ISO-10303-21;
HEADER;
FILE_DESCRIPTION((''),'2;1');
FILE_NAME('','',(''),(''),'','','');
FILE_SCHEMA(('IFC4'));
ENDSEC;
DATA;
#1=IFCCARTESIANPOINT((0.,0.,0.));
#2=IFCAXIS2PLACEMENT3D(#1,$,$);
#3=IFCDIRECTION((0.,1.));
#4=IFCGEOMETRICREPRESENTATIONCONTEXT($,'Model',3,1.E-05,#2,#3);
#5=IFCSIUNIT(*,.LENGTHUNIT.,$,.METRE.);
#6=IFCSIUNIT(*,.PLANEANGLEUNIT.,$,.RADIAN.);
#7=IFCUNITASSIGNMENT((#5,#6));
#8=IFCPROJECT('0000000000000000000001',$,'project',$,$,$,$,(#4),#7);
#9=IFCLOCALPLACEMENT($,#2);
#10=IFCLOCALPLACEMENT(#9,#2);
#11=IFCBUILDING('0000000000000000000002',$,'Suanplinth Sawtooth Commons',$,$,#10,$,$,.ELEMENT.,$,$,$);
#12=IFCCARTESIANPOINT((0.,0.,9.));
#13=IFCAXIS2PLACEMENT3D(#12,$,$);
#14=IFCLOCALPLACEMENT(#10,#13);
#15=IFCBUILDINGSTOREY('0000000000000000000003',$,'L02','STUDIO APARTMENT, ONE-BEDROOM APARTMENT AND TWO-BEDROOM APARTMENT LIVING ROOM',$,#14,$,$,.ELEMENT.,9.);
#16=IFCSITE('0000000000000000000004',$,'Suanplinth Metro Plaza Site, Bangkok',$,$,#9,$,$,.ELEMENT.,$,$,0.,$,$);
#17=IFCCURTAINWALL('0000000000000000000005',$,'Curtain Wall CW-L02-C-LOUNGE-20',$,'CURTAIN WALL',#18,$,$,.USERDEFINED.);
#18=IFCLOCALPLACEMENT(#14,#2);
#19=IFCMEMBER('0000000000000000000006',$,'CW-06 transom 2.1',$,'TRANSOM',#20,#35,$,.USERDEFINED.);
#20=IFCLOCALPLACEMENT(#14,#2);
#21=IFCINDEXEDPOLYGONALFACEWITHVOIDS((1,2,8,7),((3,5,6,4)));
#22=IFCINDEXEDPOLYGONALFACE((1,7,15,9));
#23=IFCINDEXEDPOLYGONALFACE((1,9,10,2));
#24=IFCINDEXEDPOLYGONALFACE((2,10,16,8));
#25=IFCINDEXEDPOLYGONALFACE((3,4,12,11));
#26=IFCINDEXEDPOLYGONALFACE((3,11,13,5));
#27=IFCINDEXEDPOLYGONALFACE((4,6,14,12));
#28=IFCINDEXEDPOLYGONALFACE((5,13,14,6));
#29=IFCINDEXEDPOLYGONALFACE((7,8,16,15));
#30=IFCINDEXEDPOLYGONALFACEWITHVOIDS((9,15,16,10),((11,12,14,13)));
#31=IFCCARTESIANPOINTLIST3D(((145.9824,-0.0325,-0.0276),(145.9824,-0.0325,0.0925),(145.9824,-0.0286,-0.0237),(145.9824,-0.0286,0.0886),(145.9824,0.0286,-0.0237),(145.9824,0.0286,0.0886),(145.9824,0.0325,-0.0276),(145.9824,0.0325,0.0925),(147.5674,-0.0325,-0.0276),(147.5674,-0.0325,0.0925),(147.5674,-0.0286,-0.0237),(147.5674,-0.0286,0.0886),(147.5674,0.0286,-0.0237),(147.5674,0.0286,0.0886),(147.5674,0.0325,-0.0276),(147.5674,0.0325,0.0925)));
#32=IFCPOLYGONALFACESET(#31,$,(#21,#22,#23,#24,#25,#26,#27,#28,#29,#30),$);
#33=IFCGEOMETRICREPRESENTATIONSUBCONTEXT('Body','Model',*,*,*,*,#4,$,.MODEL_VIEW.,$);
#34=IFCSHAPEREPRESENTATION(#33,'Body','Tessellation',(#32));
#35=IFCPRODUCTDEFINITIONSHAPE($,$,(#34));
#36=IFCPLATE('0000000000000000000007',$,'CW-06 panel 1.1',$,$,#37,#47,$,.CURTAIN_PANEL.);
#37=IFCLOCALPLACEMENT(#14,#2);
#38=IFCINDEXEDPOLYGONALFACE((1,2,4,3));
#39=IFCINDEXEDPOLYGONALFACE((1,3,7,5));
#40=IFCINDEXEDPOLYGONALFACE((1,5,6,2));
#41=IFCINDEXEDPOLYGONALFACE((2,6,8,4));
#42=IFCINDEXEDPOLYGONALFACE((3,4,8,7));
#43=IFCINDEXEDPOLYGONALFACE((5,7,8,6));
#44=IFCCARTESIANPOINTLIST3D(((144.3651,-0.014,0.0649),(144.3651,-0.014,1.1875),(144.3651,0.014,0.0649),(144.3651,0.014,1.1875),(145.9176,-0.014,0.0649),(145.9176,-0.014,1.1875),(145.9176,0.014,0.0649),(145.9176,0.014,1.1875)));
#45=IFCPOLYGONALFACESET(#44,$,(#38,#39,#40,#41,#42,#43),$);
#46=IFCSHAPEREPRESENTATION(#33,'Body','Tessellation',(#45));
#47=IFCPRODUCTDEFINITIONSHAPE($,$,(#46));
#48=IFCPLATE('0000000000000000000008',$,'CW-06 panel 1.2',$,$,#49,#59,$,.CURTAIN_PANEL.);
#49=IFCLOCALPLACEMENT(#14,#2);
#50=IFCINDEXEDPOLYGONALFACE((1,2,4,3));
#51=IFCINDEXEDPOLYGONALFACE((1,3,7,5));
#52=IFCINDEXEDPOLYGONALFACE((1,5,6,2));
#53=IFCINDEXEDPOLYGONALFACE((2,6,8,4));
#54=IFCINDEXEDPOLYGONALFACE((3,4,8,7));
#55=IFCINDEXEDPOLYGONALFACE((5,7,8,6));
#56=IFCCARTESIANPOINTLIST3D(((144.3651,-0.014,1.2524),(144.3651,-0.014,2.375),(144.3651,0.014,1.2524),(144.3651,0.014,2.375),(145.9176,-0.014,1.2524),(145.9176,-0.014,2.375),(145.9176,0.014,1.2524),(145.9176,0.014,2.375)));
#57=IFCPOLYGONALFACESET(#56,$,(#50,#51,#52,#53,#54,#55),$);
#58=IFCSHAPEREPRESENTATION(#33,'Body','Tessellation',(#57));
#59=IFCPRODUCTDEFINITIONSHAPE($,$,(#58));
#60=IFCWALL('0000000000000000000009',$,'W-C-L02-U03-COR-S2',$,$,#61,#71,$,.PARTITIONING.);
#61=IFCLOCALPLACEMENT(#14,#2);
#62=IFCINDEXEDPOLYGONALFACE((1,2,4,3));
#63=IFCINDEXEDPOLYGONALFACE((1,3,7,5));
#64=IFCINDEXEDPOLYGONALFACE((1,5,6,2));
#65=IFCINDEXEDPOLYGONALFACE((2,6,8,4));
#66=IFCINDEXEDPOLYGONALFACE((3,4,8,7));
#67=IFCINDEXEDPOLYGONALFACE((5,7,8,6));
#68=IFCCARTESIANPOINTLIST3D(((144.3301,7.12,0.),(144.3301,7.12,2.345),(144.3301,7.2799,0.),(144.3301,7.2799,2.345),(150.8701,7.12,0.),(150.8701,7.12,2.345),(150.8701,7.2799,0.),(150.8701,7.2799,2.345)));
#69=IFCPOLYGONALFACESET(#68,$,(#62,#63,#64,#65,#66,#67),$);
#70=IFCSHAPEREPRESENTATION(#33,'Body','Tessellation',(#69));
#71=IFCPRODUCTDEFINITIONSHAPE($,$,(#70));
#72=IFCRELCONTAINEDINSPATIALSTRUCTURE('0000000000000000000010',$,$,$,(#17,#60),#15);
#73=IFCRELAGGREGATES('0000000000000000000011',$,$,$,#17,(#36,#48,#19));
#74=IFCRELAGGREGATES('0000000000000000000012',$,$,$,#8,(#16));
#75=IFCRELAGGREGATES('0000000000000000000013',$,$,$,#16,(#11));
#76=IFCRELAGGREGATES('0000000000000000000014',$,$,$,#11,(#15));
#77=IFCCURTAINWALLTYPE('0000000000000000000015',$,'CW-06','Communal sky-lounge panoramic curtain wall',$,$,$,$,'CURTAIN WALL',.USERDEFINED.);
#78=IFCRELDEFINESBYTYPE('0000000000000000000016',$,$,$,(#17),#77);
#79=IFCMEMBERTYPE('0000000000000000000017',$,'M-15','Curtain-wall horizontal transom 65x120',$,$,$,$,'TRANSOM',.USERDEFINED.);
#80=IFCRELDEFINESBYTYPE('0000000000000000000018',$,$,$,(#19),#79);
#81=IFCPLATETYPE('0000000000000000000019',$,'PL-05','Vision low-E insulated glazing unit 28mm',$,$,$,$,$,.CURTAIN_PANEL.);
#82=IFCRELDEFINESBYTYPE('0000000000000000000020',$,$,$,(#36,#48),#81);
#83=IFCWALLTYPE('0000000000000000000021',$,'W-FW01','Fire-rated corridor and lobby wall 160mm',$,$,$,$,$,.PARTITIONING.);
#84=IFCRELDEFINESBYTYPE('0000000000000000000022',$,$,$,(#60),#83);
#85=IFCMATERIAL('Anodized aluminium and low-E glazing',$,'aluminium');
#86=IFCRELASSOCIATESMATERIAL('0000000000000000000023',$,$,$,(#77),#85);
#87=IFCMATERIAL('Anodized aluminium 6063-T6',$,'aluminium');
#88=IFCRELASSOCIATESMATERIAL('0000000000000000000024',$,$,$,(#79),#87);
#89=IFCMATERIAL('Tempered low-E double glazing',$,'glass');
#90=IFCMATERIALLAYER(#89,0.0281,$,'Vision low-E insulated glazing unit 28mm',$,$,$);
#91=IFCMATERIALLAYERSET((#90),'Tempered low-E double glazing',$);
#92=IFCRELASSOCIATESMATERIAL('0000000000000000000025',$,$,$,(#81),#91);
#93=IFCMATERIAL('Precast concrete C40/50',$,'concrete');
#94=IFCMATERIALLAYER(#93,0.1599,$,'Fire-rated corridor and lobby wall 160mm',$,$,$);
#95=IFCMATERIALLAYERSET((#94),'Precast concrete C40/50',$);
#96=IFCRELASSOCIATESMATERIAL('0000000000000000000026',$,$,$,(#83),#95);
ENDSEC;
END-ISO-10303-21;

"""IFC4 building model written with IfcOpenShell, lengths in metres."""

from ifc_helpers import new_model, si_unit, direction, frame, frame_2d, origin, origin_2d, place, context, subcontext, project, spatial, rectangle, hollow_rectangle, extrude, material, layer, layer_set, material_profile, profile_set, type_object, element, aggregate, save


model = new_model("IFC4")

# Units and contexts
model_context = context("Model", 3, precision=1e-05, world=origin(), true_north=direction((0.0, 1.0)))
body_context = subcontext(model_context, "Body", "Model", "MODEL_VIEW")
ifc_project = project(units=[si_unit("LENGTHUNIT", "METRE"), si_unit("PLANEANGLEUNIT", "RADIAN")], contexts=[model_context])

# Site, building, storey
site_placement = place(None, origin())
site = spatial("IfcSite", under=ifc_project, at=site_placement, Name="Suanplinth Metro Plaza Site, Bangkok", CompositionType="ELEMENT", RefElevation=0.0)
building_placement = place(site_placement, origin())
building = spatial("IfcBuilding", under=site, at=building_placement, Name="Suanplinth Sawtooth Commons", CompositionType="ELEMENT")
storey_placement = place(building_placement, frame((0.0, 0.0, 9.0)))
storey = spatial("IfcBuildingStorey", under=building, at=storey_placement, Name="L02", Description="STUDIO APARTMENT, ONE-BEDROOM APARTMENT AND TWO-BEDROOM APARTMENT LIVING ROOM", CompositionType="ELEMENT", Elevation=9.0)

# Shared definitions
ifc_material_1 = material(Name="Precast concrete C40/50", Category="concrete")

# Curtain wall, member, plates
ifc_material_2 = material(Name="Anodized aluminium and low-E glazing", Category="aluminium")
curtain_wall_type = type_object("IfcCurtainWallType", Name="CW-06", Description="Communal sky-lounge panoramic curtain wall", ElementType="CURTAIN WALL", PredefinedType="USERDEFINED", material=ifc_material_2)
curtain_wall_placement = place(storey_placement, origin())
curtain_wall = element("IfcCurtainWall", 1, at=curtain_wall_placement, inside=storey, type_object=curtain_wall_type, Name="Curtain Wall CW-L02-C-LOUNGE-20", ObjectType="CURTAIN WALL", PredefinedType="USERDEFINED")
ifc_material_3 = material(Name="Anodized aluminium 6063-T6", Category="aluminium")
ifc_material_profile_1 = material_profile(ifc_material_3, hollow_rectangle(XDim=0.0649, YDim=0.1201, WallThickness=0.0039, at=origin_2d()), Name="ALU-TRN 65x120")
ifc_profile_set_1 = profile_set([ifc_material_profile_1], Name="Anodized aluminium 6063-T6")
member_type_1 = type_object("IfcMemberType", Name="M-15", Description="Curtain-wall horizontal transom 65x120", ElementType="TRANSOM", PredefinedType="USERDEFINED", material=ifc_profile_set_1)
member_1_placement = place(storey_placement, frame((145.9824, 0.0, 0.0325), z_axis=(1.0, 0.0, 0.0), x_axis=(0.0, 1.0, 0.0)))
member_1 = element("IfcMember", 2, at=member_1_placement, type_object=member_type_1, Name="CW-06 transom 2.1", ObjectType="TRANSOM", PredefinedType="USERDEFINED", context=body_context, shape_type="SweptSolid", body=[
    extrude(hollow_rectangle(XDim=0.0649, YDim=0.1201, WallThickness=0.0039, at=origin_2d()), origin(), (0.0, 0.0, 1.0), 1.585),
])
ifc_material_4 = material(Name="Tempered low-E double glazing", Category="glass")
ifc_layer_1 = layer(ifc_material_4, 0.0281, Name="Vision low-E insulated glazing unit 28mm")
ifc_layer_set_1 = layer_set([ifc_layer_1], Name="Tempered low-E double glazing")
plate_type = type_object("IfcPlateType", Name="PL-05", Description="Vision low-E insulated glazing unit 28mm", PredefinedType="CURTAIN_PANEL", material=ifc_layer_set_1)
plate_1_placement = place(storey_placement, frame((145.1414, 0.0, 0.0649), z_axis=(0.0, 0.0, 1.0), x_axis=(1.0, 0.0, 0.0)))
plate_1 = element("IfcPlate", 3, at=plate_1_placement, type_object=plate_type, Name="CW-06 panel 1.1", PredefinedType="CURTAIN_PANEL", context=body_context, shape_type="SweptSolid", body=[
    extrude(rectangle(XDim=1.5525, YDim=0.0281, at=origin_2d()), origin(), (0.0, 0.0, 1.0), 1.1226),
])
plate_2_placement = place(storey_placement, frame((145.1414, 0.0, 1.2524), z_axis=(0.0, 0.0, 1.0), x_axis=(1.0, 0.0, 0.0)))
plate_2 = element("IfcPlate", 4, at=plate_2_placement, type_object=plate_type, Name="CW-06 panel 1.2", PredefinedType="CURTAIN_PANEL", context=body_context, shape_type="SweptSolid", body=[
    extrude(rectangle(XDim=1.5525, YDim=0.0281, at=origin_2d()), origin(), (0.0, 0.0, 1.0), 1.1226),
])
aggregate(curtain_wall, [plate_1, plate_2, member_1])

# Wall
ifc_layer_2 = layer(ifc_material_1, 0.1599, Name="Fire-rated corridor and lobby wall 160mm")
ifc_layer_set_2 = layer_set([ifc_layer_2], Name="Precast concrete C40/50")
wall_type = type_object("IfcWallType", Name="W-FW01", Description="Fire-rated corridor and lobby wall 160mm", PredefinedType="PARTITIONING", material=ifc_layer_set_2)
wall_placement = place(storey_placement, frame((144.3301, 7.2, 0.0), z_axis=(0.0, 0.0, 1.0), x_axis=(1.0, 0.0, 0.0)))
element("IfcWall", 5, at=wall_placement, inside=storey, type_object=wall_type, Name="W-C-L02-U03-COR-S2", PredefinedType="PARTITIONING", context=body_context, shape_type="SweptSolid", body=[
    extrude(rectangle(XDim=6.54, YDim=0.1599, at=frame_2d((3.27, 0.0))), origin(), (0.0, 0.0, 1.0), 2.345),
])

save(model, "model.ifc")
